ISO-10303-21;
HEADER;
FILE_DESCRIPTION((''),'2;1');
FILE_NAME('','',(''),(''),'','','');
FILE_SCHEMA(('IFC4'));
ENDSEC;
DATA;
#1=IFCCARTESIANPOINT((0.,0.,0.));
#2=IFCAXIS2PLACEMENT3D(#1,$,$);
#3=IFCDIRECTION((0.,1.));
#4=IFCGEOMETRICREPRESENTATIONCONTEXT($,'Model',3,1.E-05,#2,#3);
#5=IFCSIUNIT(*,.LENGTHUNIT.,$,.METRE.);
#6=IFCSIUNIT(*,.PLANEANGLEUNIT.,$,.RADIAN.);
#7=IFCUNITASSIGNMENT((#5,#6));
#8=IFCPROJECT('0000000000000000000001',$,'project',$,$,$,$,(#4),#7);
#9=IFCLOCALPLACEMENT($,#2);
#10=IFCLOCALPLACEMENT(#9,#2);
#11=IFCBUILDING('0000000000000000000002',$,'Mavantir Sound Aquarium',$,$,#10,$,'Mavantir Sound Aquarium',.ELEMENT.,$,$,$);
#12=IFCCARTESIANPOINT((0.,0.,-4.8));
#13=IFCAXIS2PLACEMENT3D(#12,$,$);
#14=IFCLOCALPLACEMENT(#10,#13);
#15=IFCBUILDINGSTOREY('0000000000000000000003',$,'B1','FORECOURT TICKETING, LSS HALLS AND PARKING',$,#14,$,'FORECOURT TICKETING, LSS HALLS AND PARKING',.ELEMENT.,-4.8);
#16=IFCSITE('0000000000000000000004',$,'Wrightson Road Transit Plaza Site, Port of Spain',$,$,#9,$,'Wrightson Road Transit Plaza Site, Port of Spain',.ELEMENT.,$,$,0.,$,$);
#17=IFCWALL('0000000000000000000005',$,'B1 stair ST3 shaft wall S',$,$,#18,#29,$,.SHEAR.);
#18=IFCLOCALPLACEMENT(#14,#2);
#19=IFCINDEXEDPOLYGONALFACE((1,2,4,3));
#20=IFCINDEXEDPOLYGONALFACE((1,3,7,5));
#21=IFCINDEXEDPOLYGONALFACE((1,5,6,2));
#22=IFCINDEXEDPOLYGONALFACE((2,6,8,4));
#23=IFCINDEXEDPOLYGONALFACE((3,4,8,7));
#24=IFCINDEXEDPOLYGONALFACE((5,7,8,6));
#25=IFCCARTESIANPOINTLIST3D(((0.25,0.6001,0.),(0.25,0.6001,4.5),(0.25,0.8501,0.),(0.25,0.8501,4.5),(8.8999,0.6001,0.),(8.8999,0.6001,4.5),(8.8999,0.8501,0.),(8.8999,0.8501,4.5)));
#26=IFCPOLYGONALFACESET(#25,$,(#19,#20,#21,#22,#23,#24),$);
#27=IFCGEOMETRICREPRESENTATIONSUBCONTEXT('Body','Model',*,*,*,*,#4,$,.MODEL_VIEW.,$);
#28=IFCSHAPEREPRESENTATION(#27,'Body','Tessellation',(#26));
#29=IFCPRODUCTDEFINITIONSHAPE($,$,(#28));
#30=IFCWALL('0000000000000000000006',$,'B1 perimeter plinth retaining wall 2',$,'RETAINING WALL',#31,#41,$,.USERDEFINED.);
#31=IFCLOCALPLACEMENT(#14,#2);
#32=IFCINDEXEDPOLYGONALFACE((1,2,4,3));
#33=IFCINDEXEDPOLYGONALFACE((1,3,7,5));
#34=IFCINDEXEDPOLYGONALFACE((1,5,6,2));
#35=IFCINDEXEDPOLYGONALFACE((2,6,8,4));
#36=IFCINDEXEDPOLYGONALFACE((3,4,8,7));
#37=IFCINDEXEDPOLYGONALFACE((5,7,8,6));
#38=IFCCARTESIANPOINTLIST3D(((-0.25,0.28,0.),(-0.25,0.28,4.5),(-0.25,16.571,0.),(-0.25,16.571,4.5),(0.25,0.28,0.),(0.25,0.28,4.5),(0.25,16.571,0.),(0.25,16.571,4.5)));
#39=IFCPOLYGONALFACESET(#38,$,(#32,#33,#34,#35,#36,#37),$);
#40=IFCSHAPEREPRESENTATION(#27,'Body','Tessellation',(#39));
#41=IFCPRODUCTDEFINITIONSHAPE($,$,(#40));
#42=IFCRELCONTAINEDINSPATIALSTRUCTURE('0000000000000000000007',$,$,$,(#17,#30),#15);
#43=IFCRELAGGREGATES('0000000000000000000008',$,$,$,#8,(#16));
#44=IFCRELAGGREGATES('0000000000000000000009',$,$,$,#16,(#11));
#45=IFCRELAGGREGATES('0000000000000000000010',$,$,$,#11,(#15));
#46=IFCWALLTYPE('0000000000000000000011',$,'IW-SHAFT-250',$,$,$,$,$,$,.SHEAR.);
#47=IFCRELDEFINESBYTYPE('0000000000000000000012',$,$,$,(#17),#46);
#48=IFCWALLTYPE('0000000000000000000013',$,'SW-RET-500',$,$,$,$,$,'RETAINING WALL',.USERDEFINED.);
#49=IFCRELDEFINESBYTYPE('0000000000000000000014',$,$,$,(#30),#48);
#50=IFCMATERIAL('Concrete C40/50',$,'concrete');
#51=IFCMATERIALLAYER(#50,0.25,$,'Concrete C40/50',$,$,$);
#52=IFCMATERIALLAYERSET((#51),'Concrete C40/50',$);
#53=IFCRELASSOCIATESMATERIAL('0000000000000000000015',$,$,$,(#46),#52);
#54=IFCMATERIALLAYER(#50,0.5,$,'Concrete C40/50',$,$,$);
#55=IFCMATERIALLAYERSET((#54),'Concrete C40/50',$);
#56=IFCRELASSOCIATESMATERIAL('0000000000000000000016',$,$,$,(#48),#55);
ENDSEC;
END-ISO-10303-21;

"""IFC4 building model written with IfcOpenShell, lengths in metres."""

from ifc_helpers import new_model, si_unit, direction, frame, frame_2d, origin, place, context, subcontext, project, spatial, rectangle, extrude, material, layer, layer_set, type_object, element, save


model = new_model("IFC4")

# Units and contexts
model_context = context("Model", 3, precision=1e-05, world=origin(), true_north=direction((0.0, 1.0)))
body_context = subcontext(model_context, "Body", "Model", "MODEL_VIEW")
ifc_project = project(units=[si_unit("LENGTHUNIT", "METRE"), si_unit("PLANEANGLEUNIT", "RADIAN")], contexts=[model_context])

# Site, building, storey
site_placement = place(None, origin())
site = spatial("IfcSite", under=ifc_project, at=site_placement, Name="Wrightson Road Transit Plaza Site, Port of Spain", LongName="Wrightson Road Transit Plaza Site, Port of Spain", CompositionType="ELEMENT", RefElevation=0.0)
building_placement = place(site_placement, origin())
building = spatial("IfcBuilding", under=site, at=building_placement, Name="Mavantir Sound Aquarium", LongName="Mavantir Sound Aquarium", CompositionType="ELEMENT")
storey_placement = place(building_placement, frame((0.0, 0.0, -4.8)))
storey = spatial("IfcBuildingStorey", under=building, at=storey_placement, Name="B1", Description="FORECOURT TICKETING, LSS HALLS AND PARKING", LongName="FORECOURT TICKETING, LSS HALLS AND PARKING", CompositionType="ELEMENT", Elevation=-4.8)

# Shared definitions
ifc_material_1 = material(Name="Concrete C40/50", Category="concrete")

# Walls
ifc_layer_1 = layer(ifc_material_1, 0.25, Name="Concrete C40/50")
ifc_layer_set_1 = layer_set([ifc_layer_1], Name="Concrete C40/50")
wall_type_1 = type_object("IfcWallType", Name="IW-SHAFT-250", PredefinedType="SHEAR", material=ifc_layer_set_1)
wall_1_placement = place(storey_placement, frame((0.25, 0.7251, 0.0), z_axis=(0.0, 0.0, 1.0), x_axis=(1.0, 0.0, 0.0)))
element("IfcWall", 1, at=wall_1_placement, inside=storey, type_object=wall_type_1, Name="B1 stair ST3 shaft wall S", PredefinedType="SHEAR", context=body_context, shape_type="SweptSolid", body=[
    extrude(rectangle(XDim=8.6499, YDim=0.25, at=frame_2d((4.325, 0.0))), origin(), (0.0, 0.0, 1.0), 4.5),
])
ifc_layer_2 = layer(ifc_material_1, 0.5, Name="Concrete C40/50")
ifc_layer_set_2 = layer_set([ifc_layer_2], Name="Concrete C40/50")
wall_type_2 = type_object("IfcWallType", Name="SW-RET-500", ElementType="RETAINING WALL", PredefinedType="USERDEFINED", material=ifc_layer_set_2)
wall_2_placement = place(storey_placement, frame((0.0, 0.28, 0.0), z_axis=(0.0, 0.0, 1.0), x_axis=(0.0, 1.0, 0.0)))
element("IfcWall", 2, at=wall_2_placement, inside=storey, type_object=wall_type_2, Name="B1 perimeter plinth retaining wall 2", ObjectType="RETAINING WALL", PredefinedType="USERDEFINED", context=body_context, shape_type="SweptSolid", body=[
    extrude(rectangle(XDim=16.291, YDim=0.5, at=frame_2d((8.1455, 0.0))), origin(), (0.0, 0.0, 1.0), 4.5),
])

save(model, "model.ifc")
